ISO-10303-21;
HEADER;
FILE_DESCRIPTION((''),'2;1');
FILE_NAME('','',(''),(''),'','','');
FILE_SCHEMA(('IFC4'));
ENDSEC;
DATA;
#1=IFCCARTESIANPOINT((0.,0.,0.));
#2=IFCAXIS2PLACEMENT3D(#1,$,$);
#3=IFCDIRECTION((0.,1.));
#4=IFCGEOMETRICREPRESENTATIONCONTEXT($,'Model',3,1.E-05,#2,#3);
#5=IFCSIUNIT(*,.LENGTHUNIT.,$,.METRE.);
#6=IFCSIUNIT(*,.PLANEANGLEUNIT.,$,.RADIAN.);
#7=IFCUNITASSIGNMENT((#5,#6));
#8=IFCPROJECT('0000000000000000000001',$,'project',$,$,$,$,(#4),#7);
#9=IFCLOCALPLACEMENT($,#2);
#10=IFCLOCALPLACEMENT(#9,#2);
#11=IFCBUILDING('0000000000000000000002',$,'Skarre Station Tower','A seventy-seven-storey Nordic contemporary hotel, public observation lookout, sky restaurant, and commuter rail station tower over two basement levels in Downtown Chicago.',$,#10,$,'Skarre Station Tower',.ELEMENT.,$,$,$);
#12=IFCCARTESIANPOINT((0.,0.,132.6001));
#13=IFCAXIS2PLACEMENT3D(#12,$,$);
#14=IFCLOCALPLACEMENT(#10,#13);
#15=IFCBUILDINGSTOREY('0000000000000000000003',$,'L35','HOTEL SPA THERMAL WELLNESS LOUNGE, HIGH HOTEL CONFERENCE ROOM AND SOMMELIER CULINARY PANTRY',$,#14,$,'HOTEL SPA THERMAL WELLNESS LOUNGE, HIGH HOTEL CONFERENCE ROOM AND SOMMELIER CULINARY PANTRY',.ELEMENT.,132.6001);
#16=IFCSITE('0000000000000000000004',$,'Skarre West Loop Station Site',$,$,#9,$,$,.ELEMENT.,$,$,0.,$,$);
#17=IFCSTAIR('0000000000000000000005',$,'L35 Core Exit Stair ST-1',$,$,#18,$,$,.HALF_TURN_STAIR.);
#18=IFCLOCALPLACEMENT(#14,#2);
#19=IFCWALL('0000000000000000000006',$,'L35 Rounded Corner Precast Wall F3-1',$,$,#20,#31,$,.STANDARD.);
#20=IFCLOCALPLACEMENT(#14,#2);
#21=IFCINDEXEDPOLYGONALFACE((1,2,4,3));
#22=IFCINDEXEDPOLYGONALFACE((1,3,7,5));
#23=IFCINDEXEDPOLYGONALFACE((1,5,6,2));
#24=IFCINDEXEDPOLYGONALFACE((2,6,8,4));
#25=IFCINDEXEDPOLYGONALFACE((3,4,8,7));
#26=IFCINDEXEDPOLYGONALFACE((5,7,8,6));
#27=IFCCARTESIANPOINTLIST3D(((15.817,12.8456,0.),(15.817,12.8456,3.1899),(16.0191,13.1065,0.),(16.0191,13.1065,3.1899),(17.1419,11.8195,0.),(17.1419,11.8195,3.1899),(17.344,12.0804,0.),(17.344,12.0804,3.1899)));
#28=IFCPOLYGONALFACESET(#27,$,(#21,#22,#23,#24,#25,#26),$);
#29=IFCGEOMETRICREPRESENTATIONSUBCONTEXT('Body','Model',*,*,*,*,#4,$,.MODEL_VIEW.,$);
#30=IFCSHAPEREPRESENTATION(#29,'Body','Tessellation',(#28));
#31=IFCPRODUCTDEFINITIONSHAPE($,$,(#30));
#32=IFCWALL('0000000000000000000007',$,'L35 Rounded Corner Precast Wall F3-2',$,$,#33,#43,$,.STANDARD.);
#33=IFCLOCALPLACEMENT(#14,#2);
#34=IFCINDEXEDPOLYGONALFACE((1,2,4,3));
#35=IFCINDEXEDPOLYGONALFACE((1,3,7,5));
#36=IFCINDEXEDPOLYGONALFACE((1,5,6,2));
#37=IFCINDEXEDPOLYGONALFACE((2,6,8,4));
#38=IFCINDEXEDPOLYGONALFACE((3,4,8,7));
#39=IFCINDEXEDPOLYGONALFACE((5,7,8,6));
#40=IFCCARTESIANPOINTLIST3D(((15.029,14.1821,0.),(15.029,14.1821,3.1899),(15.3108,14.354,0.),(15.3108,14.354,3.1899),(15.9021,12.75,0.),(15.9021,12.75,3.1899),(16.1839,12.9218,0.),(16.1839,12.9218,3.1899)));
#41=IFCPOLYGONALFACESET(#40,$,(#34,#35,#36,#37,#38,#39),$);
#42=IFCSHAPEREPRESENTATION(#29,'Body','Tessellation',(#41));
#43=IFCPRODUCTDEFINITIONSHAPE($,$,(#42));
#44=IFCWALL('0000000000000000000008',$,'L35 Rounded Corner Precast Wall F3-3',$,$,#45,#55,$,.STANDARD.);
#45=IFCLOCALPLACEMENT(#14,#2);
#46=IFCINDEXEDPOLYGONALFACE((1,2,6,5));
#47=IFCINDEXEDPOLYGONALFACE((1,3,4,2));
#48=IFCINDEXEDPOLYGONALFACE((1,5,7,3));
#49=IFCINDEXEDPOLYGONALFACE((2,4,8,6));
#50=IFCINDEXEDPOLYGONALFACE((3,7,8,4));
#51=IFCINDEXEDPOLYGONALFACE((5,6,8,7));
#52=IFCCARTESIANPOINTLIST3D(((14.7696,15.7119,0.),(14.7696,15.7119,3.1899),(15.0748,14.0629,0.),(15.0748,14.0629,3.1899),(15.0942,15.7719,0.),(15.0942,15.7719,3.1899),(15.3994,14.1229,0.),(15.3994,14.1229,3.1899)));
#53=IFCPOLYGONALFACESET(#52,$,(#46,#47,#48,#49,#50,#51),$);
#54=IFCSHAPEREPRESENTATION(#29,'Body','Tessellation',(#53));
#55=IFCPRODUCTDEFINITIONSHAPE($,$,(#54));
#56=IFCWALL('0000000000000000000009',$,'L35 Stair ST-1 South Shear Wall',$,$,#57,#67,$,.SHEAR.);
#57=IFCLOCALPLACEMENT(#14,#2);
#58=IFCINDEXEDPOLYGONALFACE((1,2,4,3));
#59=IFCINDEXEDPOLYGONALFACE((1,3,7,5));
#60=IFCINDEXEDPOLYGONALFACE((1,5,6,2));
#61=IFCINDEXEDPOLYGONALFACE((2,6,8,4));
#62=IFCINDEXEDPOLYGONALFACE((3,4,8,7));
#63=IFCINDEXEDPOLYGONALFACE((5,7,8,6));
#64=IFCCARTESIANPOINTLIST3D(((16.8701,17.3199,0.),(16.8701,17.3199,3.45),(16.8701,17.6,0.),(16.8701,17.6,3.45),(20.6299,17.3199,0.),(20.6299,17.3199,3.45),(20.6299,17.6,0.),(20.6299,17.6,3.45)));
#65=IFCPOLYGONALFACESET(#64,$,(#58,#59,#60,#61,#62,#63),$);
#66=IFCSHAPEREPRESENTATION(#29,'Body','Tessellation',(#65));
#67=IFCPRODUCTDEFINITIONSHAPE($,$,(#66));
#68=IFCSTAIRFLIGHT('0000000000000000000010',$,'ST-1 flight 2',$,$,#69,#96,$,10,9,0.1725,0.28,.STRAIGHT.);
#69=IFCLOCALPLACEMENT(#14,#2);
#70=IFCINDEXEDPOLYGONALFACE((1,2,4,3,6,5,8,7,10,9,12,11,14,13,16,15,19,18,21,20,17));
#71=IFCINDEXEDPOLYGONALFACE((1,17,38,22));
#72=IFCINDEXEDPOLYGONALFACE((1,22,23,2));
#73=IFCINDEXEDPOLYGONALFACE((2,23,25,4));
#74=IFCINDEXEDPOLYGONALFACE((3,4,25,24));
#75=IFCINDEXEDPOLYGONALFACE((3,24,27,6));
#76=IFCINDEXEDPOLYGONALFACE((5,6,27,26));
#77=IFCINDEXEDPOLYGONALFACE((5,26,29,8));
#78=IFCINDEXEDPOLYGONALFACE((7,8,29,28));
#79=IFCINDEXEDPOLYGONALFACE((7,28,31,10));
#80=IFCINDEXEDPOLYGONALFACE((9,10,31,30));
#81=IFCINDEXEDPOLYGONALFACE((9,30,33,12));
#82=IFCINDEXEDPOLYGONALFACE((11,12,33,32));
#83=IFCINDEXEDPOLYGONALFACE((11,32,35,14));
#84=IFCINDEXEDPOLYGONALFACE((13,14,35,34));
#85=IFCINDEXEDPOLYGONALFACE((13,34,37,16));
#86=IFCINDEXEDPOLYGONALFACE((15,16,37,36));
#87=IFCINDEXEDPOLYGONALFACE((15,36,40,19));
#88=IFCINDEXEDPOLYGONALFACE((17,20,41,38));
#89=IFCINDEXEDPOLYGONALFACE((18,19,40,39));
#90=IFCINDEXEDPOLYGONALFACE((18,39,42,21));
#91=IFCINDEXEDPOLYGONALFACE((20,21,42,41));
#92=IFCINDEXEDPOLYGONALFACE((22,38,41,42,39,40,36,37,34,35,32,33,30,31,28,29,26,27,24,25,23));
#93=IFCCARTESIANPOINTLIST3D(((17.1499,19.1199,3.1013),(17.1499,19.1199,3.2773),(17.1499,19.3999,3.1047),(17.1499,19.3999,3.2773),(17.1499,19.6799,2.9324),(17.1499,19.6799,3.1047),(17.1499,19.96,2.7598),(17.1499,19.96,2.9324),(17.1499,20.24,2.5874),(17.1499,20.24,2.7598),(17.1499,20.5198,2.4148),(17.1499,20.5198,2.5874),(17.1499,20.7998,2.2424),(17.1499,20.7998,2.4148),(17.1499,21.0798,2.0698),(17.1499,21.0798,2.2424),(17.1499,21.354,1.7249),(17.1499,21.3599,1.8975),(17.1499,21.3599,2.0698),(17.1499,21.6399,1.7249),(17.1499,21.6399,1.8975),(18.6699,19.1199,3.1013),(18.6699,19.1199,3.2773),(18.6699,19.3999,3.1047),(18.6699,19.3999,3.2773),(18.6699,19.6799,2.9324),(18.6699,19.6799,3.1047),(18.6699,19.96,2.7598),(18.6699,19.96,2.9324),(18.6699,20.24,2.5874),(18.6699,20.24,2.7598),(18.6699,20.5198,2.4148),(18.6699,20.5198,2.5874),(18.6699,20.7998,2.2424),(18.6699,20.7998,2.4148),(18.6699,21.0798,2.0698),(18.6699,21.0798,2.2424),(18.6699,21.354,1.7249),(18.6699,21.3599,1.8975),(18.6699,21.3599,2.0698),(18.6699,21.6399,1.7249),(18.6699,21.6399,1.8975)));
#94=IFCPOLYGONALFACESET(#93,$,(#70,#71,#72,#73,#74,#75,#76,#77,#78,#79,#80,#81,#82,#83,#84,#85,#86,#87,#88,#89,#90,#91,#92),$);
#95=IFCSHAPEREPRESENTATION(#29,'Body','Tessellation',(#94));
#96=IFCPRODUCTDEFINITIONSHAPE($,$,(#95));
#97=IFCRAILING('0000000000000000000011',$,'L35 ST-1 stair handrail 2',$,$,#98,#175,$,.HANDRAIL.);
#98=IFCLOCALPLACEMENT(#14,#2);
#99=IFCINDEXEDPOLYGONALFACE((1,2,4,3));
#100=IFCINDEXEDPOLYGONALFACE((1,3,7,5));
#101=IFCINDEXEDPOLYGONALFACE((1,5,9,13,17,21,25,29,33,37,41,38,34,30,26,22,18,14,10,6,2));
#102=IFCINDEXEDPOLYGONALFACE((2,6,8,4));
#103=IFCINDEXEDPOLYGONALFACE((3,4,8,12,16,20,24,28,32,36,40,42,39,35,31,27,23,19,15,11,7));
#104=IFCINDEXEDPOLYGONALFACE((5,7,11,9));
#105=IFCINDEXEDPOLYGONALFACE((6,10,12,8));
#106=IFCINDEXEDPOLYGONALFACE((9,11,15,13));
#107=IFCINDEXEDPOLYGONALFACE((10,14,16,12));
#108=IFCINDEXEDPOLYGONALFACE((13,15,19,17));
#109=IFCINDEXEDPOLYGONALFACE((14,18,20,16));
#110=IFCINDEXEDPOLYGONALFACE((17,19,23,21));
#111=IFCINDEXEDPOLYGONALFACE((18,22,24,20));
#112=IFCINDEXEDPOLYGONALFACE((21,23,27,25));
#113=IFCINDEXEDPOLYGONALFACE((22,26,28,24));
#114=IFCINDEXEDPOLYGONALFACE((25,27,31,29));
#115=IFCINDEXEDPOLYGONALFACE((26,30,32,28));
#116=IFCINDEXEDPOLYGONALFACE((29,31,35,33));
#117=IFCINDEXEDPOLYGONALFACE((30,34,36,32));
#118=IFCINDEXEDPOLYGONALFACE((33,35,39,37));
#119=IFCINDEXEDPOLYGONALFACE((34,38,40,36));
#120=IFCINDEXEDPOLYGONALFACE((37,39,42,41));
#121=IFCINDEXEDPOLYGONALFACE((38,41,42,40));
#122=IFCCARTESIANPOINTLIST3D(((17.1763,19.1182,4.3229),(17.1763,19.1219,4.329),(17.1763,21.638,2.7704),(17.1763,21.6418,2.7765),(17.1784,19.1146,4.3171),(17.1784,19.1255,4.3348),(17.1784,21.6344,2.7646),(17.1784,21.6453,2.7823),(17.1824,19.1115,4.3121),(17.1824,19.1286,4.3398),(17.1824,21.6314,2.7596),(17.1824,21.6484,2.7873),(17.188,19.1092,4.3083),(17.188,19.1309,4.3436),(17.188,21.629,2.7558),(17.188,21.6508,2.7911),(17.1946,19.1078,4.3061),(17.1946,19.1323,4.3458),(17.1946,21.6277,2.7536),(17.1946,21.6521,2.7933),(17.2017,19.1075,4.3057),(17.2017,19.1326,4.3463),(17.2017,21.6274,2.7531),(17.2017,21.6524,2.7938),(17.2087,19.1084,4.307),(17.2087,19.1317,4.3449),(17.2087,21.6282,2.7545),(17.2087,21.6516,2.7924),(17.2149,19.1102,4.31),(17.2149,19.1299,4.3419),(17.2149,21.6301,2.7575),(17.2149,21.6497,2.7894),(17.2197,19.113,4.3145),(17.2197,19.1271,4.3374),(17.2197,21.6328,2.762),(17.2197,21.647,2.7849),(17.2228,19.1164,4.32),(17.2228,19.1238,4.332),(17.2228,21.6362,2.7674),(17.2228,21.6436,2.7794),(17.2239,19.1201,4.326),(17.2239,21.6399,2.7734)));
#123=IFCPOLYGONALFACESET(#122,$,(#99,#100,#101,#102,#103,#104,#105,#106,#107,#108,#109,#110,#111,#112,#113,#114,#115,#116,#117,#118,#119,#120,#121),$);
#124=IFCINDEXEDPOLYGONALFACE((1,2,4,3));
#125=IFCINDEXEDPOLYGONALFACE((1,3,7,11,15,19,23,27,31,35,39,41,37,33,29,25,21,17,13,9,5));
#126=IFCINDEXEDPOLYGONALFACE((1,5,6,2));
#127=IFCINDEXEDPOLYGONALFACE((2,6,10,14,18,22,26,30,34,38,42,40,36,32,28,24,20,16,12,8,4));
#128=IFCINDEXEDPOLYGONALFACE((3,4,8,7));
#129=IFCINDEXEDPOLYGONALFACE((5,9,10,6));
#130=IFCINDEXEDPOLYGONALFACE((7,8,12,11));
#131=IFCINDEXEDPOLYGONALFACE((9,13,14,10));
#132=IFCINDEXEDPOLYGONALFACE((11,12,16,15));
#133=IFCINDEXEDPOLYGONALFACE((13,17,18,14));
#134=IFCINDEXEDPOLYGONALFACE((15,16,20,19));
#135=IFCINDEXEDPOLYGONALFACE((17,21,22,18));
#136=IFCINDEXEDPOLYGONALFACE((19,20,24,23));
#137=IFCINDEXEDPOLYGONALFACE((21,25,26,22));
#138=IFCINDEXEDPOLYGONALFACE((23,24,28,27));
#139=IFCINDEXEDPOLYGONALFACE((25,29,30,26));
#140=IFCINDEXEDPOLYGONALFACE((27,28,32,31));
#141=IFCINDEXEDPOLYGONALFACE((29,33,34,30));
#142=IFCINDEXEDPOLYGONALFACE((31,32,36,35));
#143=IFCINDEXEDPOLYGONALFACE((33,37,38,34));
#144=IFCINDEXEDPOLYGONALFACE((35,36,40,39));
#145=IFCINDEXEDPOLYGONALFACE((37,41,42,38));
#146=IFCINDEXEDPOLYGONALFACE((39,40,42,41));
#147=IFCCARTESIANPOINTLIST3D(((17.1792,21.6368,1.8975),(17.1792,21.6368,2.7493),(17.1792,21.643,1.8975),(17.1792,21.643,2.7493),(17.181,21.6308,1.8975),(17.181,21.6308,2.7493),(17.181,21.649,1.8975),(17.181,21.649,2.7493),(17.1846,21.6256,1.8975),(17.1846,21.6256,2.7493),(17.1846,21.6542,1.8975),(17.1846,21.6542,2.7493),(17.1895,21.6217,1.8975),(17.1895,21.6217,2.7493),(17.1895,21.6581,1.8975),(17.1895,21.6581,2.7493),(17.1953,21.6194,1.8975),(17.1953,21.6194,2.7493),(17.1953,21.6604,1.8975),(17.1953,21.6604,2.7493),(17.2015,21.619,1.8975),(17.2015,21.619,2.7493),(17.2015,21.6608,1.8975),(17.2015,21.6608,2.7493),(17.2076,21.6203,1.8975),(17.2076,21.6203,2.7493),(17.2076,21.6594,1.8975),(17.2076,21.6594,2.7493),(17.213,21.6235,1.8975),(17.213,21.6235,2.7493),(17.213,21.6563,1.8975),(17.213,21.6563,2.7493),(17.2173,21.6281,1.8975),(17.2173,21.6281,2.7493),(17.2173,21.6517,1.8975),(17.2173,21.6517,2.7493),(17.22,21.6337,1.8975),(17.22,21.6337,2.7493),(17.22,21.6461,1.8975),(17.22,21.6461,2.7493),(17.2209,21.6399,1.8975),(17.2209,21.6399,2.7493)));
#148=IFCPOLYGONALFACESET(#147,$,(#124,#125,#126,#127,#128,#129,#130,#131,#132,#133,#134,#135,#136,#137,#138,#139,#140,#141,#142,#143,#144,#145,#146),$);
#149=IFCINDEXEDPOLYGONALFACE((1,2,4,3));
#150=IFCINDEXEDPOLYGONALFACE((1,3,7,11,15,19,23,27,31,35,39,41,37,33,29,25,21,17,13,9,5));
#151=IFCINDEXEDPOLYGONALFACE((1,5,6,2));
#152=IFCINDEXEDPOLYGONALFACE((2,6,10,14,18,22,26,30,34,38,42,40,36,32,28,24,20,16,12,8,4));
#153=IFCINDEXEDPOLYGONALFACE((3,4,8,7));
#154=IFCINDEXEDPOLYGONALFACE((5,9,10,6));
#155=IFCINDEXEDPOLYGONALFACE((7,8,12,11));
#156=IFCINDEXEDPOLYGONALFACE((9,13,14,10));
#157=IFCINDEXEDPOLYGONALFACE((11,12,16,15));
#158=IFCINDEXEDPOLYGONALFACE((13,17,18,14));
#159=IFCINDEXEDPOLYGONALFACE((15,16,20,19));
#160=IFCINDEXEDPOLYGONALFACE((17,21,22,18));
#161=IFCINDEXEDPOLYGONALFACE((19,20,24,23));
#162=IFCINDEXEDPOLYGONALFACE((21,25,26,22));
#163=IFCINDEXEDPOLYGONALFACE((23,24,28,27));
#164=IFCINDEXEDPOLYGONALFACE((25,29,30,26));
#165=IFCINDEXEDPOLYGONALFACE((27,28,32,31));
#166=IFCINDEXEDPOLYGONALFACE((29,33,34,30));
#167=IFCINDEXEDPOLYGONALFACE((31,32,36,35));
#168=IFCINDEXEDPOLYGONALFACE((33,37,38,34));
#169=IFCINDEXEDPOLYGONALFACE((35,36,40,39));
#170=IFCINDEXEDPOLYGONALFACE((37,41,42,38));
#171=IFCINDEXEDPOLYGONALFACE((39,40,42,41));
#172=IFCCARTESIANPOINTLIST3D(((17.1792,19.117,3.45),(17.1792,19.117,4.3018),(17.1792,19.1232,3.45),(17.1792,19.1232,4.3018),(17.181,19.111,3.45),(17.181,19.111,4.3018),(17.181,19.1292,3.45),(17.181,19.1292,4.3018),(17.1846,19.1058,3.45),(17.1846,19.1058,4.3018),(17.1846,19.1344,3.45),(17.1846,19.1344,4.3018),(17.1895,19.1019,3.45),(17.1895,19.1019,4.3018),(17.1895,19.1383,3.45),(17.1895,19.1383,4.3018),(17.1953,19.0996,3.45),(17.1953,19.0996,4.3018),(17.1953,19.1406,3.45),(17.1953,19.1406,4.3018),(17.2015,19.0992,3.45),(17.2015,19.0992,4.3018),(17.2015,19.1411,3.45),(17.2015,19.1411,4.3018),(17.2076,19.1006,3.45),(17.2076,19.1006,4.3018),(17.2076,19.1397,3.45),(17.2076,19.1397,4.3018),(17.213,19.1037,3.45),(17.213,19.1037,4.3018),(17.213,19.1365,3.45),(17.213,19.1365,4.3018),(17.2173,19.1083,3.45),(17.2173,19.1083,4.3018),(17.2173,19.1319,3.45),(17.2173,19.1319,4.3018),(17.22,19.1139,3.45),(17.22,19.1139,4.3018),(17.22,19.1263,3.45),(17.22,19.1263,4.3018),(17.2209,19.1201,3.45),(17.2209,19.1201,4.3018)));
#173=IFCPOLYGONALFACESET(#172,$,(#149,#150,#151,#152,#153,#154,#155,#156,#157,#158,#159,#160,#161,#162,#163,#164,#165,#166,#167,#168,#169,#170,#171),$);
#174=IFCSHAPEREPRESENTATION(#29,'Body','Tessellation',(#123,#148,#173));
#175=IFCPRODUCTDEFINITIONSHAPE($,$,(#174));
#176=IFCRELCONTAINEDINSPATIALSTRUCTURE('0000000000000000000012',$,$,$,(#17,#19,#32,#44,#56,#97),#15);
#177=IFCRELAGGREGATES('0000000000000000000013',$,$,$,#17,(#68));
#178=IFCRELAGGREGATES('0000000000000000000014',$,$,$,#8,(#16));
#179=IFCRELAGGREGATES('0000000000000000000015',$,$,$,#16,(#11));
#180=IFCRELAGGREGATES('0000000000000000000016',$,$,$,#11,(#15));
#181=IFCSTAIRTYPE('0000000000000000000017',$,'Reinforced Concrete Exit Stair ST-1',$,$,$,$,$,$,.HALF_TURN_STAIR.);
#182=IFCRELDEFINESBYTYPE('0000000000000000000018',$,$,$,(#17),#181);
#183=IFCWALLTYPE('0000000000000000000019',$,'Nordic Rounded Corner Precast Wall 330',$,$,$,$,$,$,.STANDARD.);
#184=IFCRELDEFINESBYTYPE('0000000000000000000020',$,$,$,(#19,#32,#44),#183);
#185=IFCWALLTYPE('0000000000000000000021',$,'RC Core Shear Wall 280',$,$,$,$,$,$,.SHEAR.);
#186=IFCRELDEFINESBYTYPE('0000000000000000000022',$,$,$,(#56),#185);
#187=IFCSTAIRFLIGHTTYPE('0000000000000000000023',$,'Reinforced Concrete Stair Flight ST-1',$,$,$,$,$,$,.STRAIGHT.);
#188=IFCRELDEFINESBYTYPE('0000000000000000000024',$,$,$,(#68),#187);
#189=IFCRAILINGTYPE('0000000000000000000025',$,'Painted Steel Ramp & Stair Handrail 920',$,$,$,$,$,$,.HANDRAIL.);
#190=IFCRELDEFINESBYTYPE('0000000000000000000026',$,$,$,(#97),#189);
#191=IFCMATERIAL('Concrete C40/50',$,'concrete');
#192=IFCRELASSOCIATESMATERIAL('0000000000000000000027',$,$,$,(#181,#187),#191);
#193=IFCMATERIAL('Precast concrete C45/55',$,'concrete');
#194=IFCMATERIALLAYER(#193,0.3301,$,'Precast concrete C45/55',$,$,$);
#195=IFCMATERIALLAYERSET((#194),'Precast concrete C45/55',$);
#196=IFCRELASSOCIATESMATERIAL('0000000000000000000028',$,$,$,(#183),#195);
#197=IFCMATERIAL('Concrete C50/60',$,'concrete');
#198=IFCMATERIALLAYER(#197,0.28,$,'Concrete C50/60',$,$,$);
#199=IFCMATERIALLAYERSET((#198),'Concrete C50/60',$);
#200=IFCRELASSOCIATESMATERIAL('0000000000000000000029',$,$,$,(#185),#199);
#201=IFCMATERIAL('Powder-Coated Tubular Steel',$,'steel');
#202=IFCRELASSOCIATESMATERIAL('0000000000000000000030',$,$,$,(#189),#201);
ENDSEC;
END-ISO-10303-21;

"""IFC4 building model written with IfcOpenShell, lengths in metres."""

from ifc_helpers import new_model, si_unit, direction, frame, frame_2d, origin, origin_2d, place, context, subcontext, project, spatial, polyline, rectangle, circle, outline, extrude, material, layer, layer_set, type_object, element, aggregate, save


model = new_model("IFC4")

# Units and contexts
model_context = context("Model", 3, precision=1e-05, world=origin(), true_north=direction((0.0, 1.0)))
body_context = subcontext(model_context, "Body", "Model", "MODEL_VIEW")
ifc_project = project(units=[si_unit("LENGTHUNIT", "METRE"), si_unit("PLANEANGLEUNIT", "RADIAN")], contexts=[model_context])

# Site, building, storey
site_placement = place(None, origin())
site = spatial("IfcSite", under=ifc_project, at=site_placement, Name="Skarre West Loop Station Site", CompositionType="ELEMENT", RefElevation=0.0)
building_placement = place(site_placement, origin())
building = spatial("IfcBuilding", under=site, at=building_placement, Name="Skarre Station Tower", Description="A seventy-seven-storey Nordic contemporary hotel, public observation lookout, sky restaurant, and commuter rail station tower over two basement levels in Downtown Chicago.", LongName="Skarre Station Tower", CompositionType="ELEMENT")
storey_placement = place(building_placement, frame((0.0, 0.0, 132.6001)))
storey = spatial("IfcBuildingStorey", under=building, at=storey_placement, Name="L35", Description="HOTEL SPA THERMAL WELLNESS LOUNGE, HIGH HOTEL CONFERENCE ROOM AND SOMMELIER CULINARY PANTRY", LongName="HOTEL SPA THERMAL WELLNESS LOUNGE, HIGH HOTEL CONFERENCE ROOM AND SOMMELIER CULINARY PANTRY", CompositionType="ELEMENT", Elevation=132.6001)

# Stair
ifc_material_1 = material(Name="Concrete C40/50", Category="concrete")
stair_type_1 = type_object("IfcStairType", Name="Reinforced Concrete Exit Stair ST-1", PredefinedType="HALF_TURN_STAIR", material=ifc_material_1)
stair_1_placement = place(storey_placement, origin())
stair_1 = element("IfcStair", 1, at=stair_1_placement, inside=storey, type_object=stair_type_1, Name="L35 Core Exit Stair ST-1", PredefinedType="HALF_TURN_STAIR")

# Shared definitions
ifc_material_2 = material(Name="Concrete C50/60", Category="concrete")

# Shared definitions
ifc_material_3 = material(Name="Precast concrete C45/55", Category="concrete")

# Walls
ifc_layer_1 = layer(ifc_material_3, 0.3301, Name="Precast concrete C45/55")
ifc_layer_set_1 = layer_set([ifc_layer_1], Name="Precast concrete C45/55")
wall_type_1 = type_object("IfcWallType", Name="Nordic Rounded Corner Precast Wall 330", PredefinedType="STANDARD", material=ifc_layer_set_1)
wall_1_placement = place(storey_placement, frame((17.2429, 11.95, 0.0), z_axis=(0.0, 0.0, 1.0), x_axis=(-0.790621, 0.612305, 0.0)))
element("IfcWall", 2, at=wall_1_placement, inside=storey, type_object=wall_type_1, Name="L35 Rounded Corner Precast Wall F3-1", PredefinedType="STANDARD", context=body_context, shape_type="SweptSolid", body=[
    extrude(rectangle(XDim=1.6758, YDim=0.3301, at=frame_2d((0.8379, 0.0))), origin(), (0.0, 0.0, 1.0), 3.1899),
])
wall_2_placement = place(storey_placement, frame((16.043, 12.8359, 0.0), z_axis=(0.0, 0.0, 1.0), x_axis=(-0.520519, 0.85385, 0.0)))
element("IfcWall", 3, at=wall_2_placement, inside=storey, type_object=wall_type_1, Name="L35 Rounded Corner Precast Wall F3-2", PredefinedType="STANDARD", context=body_context, shape_type="SweptSolid", body=[
    extrude(rectangle(XDim=1.6772, YDim=0.3301, at=frame_2d((0.8386, 0.0))), origin(), (0.0, 0.0, 1.0), 3.1899),
])
wall_3_placement = place(storey_placement, frame((15.2371, 14.093, 0.0), z_axis=(0.0, 0.0, 1.0), x_axis=(-0.181985, 0.983301, 0.0)))
element("IfcWall", 4, at=wall_3_placement, inside=storey, type_object=wall_type_1, Name="L35 Rounded Corner Precast Wall F3-3", PredefinedType="STANDARD", context=body_context, shape_type="SweptSolid", body=[
    extrude(rectangle(XDim=1.677, YDim=0.3301, at=frame_2d((0.8384, 0.0))), origin(), (0.0, 0.0, 1.0), 3.1899),
])
ifc_layer_2 = layer(ifc_material_2, 0.28, Name="Concrete C50/60")
ifc_layer_set_2 = layer_set([ifc_layer_2], Name="Concrete C50/60")
wall_type_2 = type_object("IfcWallType", Name="RC Core Shear Wall 280", PredefinedType="SHEAR", material=ifc_layer_set_2)
wall_4_placement = place(storey_placement, frame((16.8701, 17.46, 0.0), z_axis=(0.0, 0.0, 1.0), x_axis=(1.0, 0.0, 0.0)))
element("IfcWall", 5, at=wall_4_placement, inside=storey, type_object=wall_type_2, Name="L35 Stair ST-1 South Shear Wall", PredefinedType="SHEAR", context=body_context, shape_type="SweptSolid", body=[
    extrude(rectangle(XDim=3.7598, YDim=0.28, at=frame_2d((1.8799, 0.0))), origin(), (0.0, 0.0, 1.0), 3.45),
])

# Stair flight
stair_flight_type = type_object("IfcStairFlightType", Name="Reinforced Concrete Stair Flight ST-1", PredefinedType="STRAIGHT", material=ifc_material_1)
stair_flight_placement = place(storey_placement, frame((17.9099, 21.6399, 1.7249), z_axis=(0.0, 0.0, 1.0), x_axis=(0.0, -1.0, 0.0)))
stair_flight = element("IfcStairFlight", 6, at=stair_flight_placement, type_object=stair_flight_type, Name="ST-1 flight 2", NumberOfRisers=10, NumberOfTreads=9, PredefinedType="STRAIGHT", RiserHeight=0.1725, TreadLength=0.28, context=body_context, shape_type="SweptSolid", body=[
    extrude(outline(polyline([(0.0, 0.0), (0.0, 0.1726), (0.28, 0.1726), (0.28, 0.345), (0.5601, 0.345), (0.5601, 0.5176), (0.8401, 0.5176), (0.8401, 0.6899), (1.1201, 0.6899), (1.1201, 0.8625), (1.3999, 0.8625), (1.3999, 1.0349), (1.6799, 1.0349), (1.6799, 1.2075), (1.96, 1.2075), (1.96, 1.3799), (2.24, 1.3799), (2.24, 1.5525), (2.52, 1.5525), (2.52, 1.7251), (2.52, 1.3765), (0.2859, 0.0), (0.0, 0.0)])), frame((0.0, 0.76, 0.0), z_axis=(0.0, -1.0, 0.0), x_axis=(1.0, 0.0, 0.0)), (0.0, 0.0, 1.0), 1.52),
])
aggregate(stair_1, [stair_flight])

# Railing
ifc_material_4 = material(Name="Powder-Coated Tubular Steel", Category="steel")
railing_type_1 = type_object("IfcRailingType", Name="Painted Steel Ramp & Stair Handrail 920", PredefinedType="HANDRAIL", material=ifc_material_4)
railing_1_placement = place(storey_placement, frame((17.2, 21.6399, 1.8975)))
element("IfcRailing", 7, at=railing_1_placement, inside=storey, type_object=railing_type_1, Name="L35 ST-1 stair handrail 2", PredefinedType="HANDRAIL", context=body_context, shape_type="SweptSolid", body=[
    extrude(circle(Radius=0.0239, at=origin_2d()), frame((0.0, 0.0, 0.876), z_axis=(0.0, -0.851378, 0.524553), x_axis=(1.0, 0.0, 0.0)), (0.0, 0.0, 1.0), 2.9597),
    extrude(circle(Radius=0.021, at=origin_2d()), origin(), (0.0, 0.0, 1.0), 0.8518),
    extrude(circle(Radius=0.021, at=origin_2d()), frame((0.0, -2.5198, 1.5525)), (0.0, 0.0, 1.0), 0.8518),
])

save(model, "model.ifc")
